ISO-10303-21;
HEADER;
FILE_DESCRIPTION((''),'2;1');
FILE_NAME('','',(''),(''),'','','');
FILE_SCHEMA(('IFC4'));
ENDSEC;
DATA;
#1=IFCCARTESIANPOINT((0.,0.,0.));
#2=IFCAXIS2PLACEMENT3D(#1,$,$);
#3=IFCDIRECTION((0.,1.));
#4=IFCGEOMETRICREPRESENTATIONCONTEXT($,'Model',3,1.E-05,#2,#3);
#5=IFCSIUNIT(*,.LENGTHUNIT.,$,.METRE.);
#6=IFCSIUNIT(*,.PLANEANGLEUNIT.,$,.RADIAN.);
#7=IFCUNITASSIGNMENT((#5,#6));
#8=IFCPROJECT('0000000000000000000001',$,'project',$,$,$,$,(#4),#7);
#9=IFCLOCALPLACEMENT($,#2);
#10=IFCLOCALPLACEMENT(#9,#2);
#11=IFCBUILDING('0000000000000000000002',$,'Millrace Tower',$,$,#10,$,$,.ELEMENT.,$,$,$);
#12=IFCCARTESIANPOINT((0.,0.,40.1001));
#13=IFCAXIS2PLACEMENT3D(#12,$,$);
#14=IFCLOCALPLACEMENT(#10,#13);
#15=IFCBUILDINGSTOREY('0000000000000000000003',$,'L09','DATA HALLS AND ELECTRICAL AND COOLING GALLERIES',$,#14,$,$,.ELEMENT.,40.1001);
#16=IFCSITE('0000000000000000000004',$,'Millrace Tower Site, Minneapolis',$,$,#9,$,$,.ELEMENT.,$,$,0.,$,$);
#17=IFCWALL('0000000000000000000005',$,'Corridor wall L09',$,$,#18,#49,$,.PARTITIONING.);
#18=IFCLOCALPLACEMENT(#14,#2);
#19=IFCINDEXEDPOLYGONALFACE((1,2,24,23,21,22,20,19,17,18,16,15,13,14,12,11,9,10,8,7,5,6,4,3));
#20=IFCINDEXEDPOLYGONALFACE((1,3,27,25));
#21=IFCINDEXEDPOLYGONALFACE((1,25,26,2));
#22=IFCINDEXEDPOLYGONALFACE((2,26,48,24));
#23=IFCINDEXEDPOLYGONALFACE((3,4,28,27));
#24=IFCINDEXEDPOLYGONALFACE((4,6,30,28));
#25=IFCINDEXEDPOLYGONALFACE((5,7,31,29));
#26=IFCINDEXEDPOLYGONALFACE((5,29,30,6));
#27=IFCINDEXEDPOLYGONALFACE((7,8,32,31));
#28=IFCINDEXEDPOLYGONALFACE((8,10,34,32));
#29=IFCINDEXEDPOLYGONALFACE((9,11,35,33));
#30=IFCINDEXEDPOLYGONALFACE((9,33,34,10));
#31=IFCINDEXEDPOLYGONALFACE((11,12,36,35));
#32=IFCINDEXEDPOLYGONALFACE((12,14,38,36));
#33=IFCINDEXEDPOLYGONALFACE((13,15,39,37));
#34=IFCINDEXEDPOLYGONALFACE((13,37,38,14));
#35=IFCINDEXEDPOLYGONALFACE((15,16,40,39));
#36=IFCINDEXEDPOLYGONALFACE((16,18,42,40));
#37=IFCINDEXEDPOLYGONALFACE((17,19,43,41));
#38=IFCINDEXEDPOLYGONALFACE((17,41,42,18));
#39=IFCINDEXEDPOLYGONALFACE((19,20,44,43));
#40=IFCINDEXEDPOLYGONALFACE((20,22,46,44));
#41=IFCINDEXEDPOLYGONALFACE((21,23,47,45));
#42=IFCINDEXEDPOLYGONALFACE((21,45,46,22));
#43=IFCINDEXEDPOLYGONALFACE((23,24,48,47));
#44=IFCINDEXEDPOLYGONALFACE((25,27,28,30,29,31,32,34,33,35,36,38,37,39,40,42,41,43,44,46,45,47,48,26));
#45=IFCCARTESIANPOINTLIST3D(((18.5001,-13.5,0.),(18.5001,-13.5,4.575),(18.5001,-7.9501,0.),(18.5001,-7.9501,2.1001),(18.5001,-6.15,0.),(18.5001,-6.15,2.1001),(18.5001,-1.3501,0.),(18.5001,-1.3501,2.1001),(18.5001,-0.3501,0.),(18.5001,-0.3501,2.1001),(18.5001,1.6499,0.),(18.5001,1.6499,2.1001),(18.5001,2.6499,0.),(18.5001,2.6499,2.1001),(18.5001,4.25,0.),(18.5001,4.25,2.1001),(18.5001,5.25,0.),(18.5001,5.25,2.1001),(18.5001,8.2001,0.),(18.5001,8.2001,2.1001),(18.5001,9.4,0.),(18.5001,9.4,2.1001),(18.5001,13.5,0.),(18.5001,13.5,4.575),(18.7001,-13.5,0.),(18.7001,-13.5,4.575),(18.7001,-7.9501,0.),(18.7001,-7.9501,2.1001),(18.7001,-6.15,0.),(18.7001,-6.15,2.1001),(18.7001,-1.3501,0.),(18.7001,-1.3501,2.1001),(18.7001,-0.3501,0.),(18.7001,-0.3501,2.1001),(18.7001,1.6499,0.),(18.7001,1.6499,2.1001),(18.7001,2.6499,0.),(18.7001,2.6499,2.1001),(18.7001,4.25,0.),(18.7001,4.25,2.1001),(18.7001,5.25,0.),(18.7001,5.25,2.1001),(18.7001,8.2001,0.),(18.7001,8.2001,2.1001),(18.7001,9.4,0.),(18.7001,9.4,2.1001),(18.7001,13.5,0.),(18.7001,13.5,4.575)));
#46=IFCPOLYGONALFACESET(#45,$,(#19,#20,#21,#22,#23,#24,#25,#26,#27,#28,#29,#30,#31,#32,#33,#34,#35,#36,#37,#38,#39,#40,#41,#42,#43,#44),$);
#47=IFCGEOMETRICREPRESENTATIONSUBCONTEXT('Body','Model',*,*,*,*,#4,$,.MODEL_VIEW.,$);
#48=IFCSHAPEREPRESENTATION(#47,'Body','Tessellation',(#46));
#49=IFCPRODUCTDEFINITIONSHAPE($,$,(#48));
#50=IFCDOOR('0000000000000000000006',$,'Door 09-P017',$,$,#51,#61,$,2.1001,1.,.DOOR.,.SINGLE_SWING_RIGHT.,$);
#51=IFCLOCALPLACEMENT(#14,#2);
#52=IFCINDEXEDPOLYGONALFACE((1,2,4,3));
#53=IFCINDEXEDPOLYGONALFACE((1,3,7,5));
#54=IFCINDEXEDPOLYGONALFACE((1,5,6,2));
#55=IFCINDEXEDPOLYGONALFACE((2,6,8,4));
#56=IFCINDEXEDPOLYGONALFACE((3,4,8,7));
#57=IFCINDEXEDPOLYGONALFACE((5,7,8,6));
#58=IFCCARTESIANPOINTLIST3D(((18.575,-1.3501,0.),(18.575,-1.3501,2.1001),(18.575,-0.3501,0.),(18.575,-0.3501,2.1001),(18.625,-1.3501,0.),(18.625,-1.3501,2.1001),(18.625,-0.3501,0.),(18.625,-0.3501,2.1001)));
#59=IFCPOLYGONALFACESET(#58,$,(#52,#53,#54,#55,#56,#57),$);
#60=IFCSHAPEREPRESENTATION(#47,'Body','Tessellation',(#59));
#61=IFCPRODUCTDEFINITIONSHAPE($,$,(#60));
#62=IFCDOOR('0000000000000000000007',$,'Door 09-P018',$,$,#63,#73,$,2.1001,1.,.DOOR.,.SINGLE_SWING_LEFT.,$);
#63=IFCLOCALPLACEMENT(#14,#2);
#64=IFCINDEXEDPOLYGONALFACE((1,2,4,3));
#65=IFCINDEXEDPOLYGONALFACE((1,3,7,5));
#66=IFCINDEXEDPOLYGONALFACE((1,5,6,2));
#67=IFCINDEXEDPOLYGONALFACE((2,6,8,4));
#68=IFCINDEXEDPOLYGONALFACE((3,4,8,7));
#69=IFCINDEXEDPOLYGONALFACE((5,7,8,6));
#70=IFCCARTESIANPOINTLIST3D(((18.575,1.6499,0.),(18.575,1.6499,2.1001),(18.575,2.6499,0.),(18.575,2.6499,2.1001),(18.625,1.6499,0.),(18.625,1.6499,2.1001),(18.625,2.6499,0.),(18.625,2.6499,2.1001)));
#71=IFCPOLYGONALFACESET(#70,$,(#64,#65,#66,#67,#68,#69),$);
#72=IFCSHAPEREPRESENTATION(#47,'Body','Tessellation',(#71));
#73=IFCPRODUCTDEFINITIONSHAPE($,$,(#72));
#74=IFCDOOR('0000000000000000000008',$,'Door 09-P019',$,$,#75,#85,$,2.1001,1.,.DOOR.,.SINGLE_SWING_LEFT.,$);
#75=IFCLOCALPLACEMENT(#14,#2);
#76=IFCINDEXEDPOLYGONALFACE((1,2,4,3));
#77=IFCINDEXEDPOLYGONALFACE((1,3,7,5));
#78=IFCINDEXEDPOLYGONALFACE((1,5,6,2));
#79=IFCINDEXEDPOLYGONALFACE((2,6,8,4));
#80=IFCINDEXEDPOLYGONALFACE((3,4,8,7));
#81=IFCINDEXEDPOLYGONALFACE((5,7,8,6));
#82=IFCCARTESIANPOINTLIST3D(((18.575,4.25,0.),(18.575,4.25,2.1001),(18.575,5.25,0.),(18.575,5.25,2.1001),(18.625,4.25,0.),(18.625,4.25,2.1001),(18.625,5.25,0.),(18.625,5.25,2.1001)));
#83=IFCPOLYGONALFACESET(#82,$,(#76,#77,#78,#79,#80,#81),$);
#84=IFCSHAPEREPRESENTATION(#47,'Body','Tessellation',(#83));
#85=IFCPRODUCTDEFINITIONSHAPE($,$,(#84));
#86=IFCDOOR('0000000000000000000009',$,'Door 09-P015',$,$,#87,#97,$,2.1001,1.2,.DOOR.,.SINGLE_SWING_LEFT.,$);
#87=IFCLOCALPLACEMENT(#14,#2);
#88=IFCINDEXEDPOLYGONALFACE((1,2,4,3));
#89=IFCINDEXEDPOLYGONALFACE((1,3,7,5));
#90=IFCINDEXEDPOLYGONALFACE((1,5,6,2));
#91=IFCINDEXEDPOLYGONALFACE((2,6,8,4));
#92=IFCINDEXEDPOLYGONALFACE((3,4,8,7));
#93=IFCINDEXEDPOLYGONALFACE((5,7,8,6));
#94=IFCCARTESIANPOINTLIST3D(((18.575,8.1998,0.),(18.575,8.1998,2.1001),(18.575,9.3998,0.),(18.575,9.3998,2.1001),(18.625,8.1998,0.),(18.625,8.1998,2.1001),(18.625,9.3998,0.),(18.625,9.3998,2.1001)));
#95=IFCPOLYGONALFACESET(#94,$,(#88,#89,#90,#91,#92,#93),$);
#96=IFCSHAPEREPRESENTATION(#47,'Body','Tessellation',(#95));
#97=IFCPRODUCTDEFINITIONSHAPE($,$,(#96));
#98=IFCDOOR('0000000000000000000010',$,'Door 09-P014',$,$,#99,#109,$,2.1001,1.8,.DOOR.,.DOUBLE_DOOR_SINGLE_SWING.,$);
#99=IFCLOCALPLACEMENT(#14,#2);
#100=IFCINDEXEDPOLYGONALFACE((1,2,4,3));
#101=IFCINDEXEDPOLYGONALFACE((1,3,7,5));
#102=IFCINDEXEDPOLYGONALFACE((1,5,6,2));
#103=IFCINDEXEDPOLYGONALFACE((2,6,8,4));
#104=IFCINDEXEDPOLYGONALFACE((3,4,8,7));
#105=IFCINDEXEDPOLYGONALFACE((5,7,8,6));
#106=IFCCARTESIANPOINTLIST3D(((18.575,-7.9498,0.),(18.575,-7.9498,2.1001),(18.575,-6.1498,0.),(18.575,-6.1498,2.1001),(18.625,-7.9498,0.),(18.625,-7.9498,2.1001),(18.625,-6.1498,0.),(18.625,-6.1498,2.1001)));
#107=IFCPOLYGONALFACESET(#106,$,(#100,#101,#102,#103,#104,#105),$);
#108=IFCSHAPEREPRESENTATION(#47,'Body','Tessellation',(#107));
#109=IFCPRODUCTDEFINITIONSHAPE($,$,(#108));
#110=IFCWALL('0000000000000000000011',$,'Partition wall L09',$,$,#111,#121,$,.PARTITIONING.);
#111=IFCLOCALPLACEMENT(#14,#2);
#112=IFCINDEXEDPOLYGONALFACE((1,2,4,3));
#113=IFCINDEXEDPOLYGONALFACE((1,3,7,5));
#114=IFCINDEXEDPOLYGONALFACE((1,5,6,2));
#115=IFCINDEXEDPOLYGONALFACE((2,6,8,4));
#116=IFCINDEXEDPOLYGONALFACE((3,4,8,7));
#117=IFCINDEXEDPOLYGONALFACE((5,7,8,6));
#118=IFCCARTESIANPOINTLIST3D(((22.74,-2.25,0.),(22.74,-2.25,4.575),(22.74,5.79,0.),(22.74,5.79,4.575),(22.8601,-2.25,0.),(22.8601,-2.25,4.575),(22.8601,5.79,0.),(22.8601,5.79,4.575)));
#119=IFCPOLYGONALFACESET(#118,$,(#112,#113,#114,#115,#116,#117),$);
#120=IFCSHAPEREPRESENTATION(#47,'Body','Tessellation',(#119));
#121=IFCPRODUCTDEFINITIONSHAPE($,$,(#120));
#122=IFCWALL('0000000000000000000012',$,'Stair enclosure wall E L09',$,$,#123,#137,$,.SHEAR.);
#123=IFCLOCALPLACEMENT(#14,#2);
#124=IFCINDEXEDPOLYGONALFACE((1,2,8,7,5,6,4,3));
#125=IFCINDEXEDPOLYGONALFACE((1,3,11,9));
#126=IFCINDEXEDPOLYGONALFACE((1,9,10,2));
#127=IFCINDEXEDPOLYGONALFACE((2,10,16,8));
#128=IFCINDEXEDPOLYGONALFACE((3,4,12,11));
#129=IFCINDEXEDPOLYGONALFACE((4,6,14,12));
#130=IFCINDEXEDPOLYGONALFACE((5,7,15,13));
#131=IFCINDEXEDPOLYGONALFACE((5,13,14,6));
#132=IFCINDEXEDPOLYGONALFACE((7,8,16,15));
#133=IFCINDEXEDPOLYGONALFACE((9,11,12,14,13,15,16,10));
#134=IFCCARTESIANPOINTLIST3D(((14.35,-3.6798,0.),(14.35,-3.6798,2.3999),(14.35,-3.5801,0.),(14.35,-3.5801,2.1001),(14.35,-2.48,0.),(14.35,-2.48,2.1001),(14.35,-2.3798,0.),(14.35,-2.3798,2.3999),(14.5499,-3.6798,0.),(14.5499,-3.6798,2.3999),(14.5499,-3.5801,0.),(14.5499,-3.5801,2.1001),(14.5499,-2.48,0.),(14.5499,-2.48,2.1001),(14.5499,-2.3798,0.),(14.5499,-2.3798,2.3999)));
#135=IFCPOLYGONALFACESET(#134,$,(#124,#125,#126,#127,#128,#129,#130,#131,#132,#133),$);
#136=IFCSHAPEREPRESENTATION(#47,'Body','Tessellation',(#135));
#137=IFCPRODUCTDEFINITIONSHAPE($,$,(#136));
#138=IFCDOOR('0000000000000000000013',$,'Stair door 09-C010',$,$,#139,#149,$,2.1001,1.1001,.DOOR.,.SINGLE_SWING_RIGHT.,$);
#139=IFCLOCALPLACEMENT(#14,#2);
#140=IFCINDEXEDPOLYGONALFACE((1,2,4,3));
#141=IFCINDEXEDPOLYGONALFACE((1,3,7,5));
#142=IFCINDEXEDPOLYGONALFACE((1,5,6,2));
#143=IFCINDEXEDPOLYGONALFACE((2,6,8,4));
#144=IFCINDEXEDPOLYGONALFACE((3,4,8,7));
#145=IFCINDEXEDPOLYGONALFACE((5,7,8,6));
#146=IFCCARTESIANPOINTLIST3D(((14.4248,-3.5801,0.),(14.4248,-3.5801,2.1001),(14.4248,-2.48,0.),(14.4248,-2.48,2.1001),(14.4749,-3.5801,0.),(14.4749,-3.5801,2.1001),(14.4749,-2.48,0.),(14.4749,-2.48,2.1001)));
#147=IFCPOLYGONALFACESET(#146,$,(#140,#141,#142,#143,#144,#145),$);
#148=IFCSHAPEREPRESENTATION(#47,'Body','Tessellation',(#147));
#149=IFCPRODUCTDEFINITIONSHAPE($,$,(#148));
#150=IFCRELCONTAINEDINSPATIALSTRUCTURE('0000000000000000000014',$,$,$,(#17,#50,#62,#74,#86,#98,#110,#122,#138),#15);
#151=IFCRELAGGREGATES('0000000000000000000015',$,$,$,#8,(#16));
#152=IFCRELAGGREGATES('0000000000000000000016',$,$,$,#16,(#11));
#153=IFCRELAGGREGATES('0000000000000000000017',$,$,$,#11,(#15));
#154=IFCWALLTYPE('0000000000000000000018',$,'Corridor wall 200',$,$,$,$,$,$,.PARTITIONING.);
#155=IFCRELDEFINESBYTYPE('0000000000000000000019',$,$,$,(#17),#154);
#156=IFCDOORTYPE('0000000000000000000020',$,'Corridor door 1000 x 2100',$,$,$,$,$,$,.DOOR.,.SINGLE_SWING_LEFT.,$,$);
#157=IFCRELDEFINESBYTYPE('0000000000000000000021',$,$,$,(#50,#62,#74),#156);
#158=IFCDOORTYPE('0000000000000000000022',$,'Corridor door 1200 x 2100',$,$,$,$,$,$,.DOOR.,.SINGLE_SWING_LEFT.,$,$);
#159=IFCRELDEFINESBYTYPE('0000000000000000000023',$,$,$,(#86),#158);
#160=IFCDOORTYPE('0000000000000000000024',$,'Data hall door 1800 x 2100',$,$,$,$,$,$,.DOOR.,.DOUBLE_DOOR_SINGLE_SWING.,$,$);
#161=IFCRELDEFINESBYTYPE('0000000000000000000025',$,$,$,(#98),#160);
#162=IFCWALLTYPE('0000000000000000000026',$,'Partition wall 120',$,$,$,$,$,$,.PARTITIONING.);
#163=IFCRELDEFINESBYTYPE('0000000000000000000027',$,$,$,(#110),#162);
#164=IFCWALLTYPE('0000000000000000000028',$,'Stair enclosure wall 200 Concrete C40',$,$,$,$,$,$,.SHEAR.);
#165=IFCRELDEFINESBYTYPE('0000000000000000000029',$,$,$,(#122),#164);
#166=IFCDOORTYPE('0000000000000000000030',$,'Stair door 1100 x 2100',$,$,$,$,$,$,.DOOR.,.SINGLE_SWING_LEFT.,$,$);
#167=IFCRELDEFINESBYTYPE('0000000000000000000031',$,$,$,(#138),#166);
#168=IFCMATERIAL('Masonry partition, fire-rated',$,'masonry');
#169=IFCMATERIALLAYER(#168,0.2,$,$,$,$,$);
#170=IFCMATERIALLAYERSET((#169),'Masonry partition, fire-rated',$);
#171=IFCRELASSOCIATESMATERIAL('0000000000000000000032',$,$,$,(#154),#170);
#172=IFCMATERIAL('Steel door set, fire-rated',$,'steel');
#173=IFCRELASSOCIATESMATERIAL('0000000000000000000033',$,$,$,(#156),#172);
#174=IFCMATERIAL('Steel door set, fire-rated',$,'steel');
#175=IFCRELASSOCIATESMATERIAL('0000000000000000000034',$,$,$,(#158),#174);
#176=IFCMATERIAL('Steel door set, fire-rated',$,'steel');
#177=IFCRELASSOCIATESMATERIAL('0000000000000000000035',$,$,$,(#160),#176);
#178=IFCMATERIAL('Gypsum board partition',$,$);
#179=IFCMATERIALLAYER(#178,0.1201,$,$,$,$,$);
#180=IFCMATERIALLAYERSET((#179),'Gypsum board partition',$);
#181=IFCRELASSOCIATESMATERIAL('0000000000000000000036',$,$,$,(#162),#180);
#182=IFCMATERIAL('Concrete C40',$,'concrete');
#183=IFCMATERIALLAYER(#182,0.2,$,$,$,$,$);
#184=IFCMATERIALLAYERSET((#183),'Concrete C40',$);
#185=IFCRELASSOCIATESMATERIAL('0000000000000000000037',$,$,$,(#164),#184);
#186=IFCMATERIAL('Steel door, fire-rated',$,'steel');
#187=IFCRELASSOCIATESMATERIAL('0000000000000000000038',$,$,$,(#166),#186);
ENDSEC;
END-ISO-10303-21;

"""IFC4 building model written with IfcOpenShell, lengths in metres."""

from ifc_helpers import new_model, si_unit, direction, frame, frame_2d, origin, place, context, subcontext, project, spatial, rectangle, extrude, material, layer, layer_set, type_object, element, fill, save


model = new_model("IFC4")

# Units and contexts
model_context = context("Model", 3, precision=1e-05, world=origin(), true_north=direction((0.0, 1.0)))
body_context = subcontext(model_context, "Body", "Model", "MODEL_VIEW")
ifc_project = project(units=[si_unit("LENGTHUNIT", "METRE"), si_unit("PLANEANGLEUNIT", "RADIAN")], contexts=[model_context])

# Site, building, storey
site_placement = place(None, origin())
site = spatial("IfcSite", under=ifc_project, at=site_placement, Name="Millrace Tower Site, Minneapolis", CompositionType="ELEMENT", RefElevation=0.0)
building_placement = place(site_placement, origin())
building = spatial("IfcBuilding", under=site, at=building_placement, Name="Millrace Tower", CompositionType="ELEMENT")
storey_placement = place(building_placement, frame((0.0, 0.0, 40.1001)))
storey = spatial("IfcBuildingStorey", under=building, at=storey_placement, Name="L09", Description="DATA HALLS AND ELECTRICAL AND COOLING GALLERIES", CompositionType="ELEMENT", Elevation=40.1001)

# Shared definitions
ifc_material_1 = material(Name="Masonry partition, fire-rated", Category="masonry")
ifc_layer_1 = layer(ifc_material_1, 0.2)
ifc_layer_set_1 = layer_set([ifc_layer_1], Name="Masonry partition, fire-rated")
wall_type_1 = type_object("IfcWallType", Name="Corridor wall 200", PredefinedType="PARTITIONING", material=ifc_layer_set_1)

# Wall, openings, doors
wall_1_placement = place(storey_placement, frame((18.6001, -13.5, 0.0), z_axis=(0.0, 0.0, 1.0), x_axis=(0.0, 1.0, 0.0)))
wall_1 = element("IfcWall", 1, at=wall_1_placement, inside=storey, type_object=wall_type_1, Name="Corridor wall L09", PredefinedType="PARTITIONING", context=body_context, shape_type="SweptSolid", body=[
    extrude(rectangle(XDim=27.0, YDim=0.2, at=frame_2d((13.5, 0.0))), origin(), (0.0, 0.0, 1.0), 4.575),
])
opening_1_placement = place(wall_1_placement, frame((5.55, 0.0, 0.0)))
opening_1 = element("IfcOpeningElement", 2, at=opening_1_placement, cuts=wall_1, PredefinedType="OPENING", context=body_context, shape_type="SweptSolid", body=[
    extrude(rectangle(XDim=1.8, YDim=2.1001, at=frame_2d((0.8999, 1.05))), frame((0.0, 0.1099, 0.0), z_axis=(0.0, -1.0, 0.0), x_axis=(1.0, 0.0, 0.0)), (0.0, 0.0, 1.0), 0.22),
])
opening_2_placement = place(wall_1_placement, frame((21.7, 0.0, 0.0)))
opening_2 = element("IfcOpeningElement", 3, at=opening_2_placement, cuts=wall_1, PredefinedType="OPENING", context=body_context, shape_type="SweptSolid", body=[
    extrude(rectangle(XDim=1.2, YDim=2.1001, at=frame_2d((0.6001, 1.05))), frame((0.0, 0.1099, 0.0), z_axis=(0.0, -1.0, 0.0), x_axis=(1.0, 0.0, 0.0)), (0.0, 0.0, 1.0), 0.22),
])
opening_3_placement = place(wall_1_placement, frame((12.1499, 0.0, 0.0)))
opening_3 = element("IfcOpeningElement", 4, at=opening_3_placement, cuts=wall_1, PredefinedType="OPENING", context=body_context, shape_type="SweptSolid", body=[
    extrude(rectangle(XDim=1.0, YDim=2.1001, at=frame_2d((0.5, 1.05))), frame((0.0, 0.1099, 0.0), z_axis=(0.0, -1.0, 0.0), x_axis=(1.0, 0.0, 0.0)), (0.0, 0.0, 1.0), 0.22),
])
opening_4_placement = place(wall_1_placement, frame((15.1499, 0.0, 0.0)))
opening_4 = element("IfcOpeningElement", 5, at=opening_4_placement, cuts=wall_1, PredefinedType="OPENING", context=body_context, shape_type="SweptSolid", body=[
    extrude(rectangle(XDim=1.0, YDim=2.1001, at=frame_2d((0.5, 1.05))), frame((0.0, 0.1099, 0.0), z_axis=(0.0, -1.0, 0.0), x_axis=(1.0, 0.0, 0.0)), (0.0, 0.0, 1.0), 0.22),
])
opening_5_placement = place(wall_1_placement, frame((17.75, 0.0, 0.0)))
opening_5 = element("IfcOpeningElement", 6, at=opening_5_placement, cuts=wall_1, PredefinedType="OPENING", context=body_context, shape_type="SweptSolid", body=[
    extrude(rectangle(XDim=1.0, YDim=2.1001, at=frame_2d((0.5, 1.05))), frame((0.0, 0.1099, 0.0), z_axis=(0.0, -1.0, 0.0), x_axis=(1.0, 0.0, 0.0)), (0.0, 0.0, 1.0), 0.22),
])
ifc_material_2 = material(Name="Steel door set, fire-rated", Category="steel")
door_type_1 = type_object("IfcDoorType", Name="Corridor door 1000 x 2100", OperationType="SINGLE_SWING_LEFT", PredefinedType="DOOR", material=ifc_material_2)
door_1_placement = place(opening_3_placement, frame((1.0, 0.0, 0.0), z_axis=(0.0, 0.0, 1.0), x_axis=(-1.0, 0.0, 0.0)))
door_1 = element("IfcDoor", 7, at=door_1_placement, inside=storey, type_object=door_type_1, Name="Door 09-P017", OperationType="SINGLE_SWING_RIGHT", OverallHeight=2.1001, OverallWidth=1.0, PredefinedType="DOOR", context=body_context, shape_type="SweptSolid", body=[
    extrude(rectangle(XDim=1.0, YDim=2.1001, at=frame_2d((0.5, 1.05))), frame((0.0, 0.0249, 0.0), z_axis=(0.0, -1.0, 0.0), x_axis=(1.0, 0.0, 0.0)), (0.0, 0.0, 1.0), 0.05),
])
fill(opening_3, door_1)
door_2_placement = place(opening_4_placement, frame((1.0, 0.0, 0.0), z_axis=(0.0, 0.0, 1.0), x_axis=(-1.0, 0.0, 0.0)))
door_2 = element("IfcDoor", 8, at=door_2_placement, inside=storey, type_object=door_type_1, Name="Door 09-P018", OperationType="SINGLE_SWING_LEFT", OverallHeight=2.1001, OverallWidth=1.0, PredefinedType="DOOR", context=body_context, shape_type="SweptSolid", body=[
    extrude(rectangle(XDim=1.0, YDim=2.1001, at=frame_2d((0.5, 1.05))), frame((0.0, 0.0249, 0.0), z_axis=(0.0, -1.0, 0.0), x_axis=(1.0, 0.0, 0.0)), (0.0, 0.0, 1.0), 0.05),
])
fill(opening_4, door_2)
door_3_placement = place(opening_5_placement, frame((1.0, 0.0, 0.0), z_axis=(0.0, 0.0, 1.0), x_axis=(-1.0, 0.0, 0.0)))
door_3 = element("IfcDoor", 9, at=door_3_placement, inside=storey, type_object=door_type_1, Name="Door 09-P019", OperationType="SINGLE_SWING_LEFT", OverallHeight=2.1001, OverallWidth=1.0, PredefinedType="DOOR", context=body_context, shape_type="SweptSolid", body=[
    extrude(rectangle(XDim=1.0, YDim=2.1001, at=frame_2d((0.5, 1.05))), frame((0.0, 0.0249, 0.0), z_axis=(0.0, -1.0, 0.0), x_axis=(1.0, 0.0, 0.0)), (0.0, 0.0, 1.0), 0.05),
])
fill(opening_5, door_3)
ifc_material_3 = material(Name="Steel door set, fire-rated", Category="steel")
door_type_2 = type_object("IfcDoorType", Name="Corridor door 1200 x 2100", OperationType="SINGLE_SWING_LEFT", PredefinedType="DOOR", material=ifc_material_3)
door_4_placement = place(opening_2_placement, frame((1.2, 0.0, 0.0), z_axis=(0.0, 0.0, 1.0), x_axis=(-1.0, 0.0, 0.0)))
door_4 = element("IfcDoor", 10, at=door_4_placement, inside=storey, type_object=door_type_2, Name="Door 09-P015", OperationType="SINGLE_SWING_LEFT", OverallHeight=2.1001, OverallWidth=1.2, PredefinedType="DOOR", context=body_context, shape_type="SweptSolid", body=[
    extrude(rectangle(XDim=1.2, YDim=2.1001, at=frame_2d((0.6001, 1.05))), frame((0.0, 0.0249, 0.0), z_axis=(0.0, -1.0, 0.0), x_axis=(1.0, 0.0, 0.0)), (0.0, 0.0, 1.0), 0.05),
])
fill(opening_2, door_4)
ifc_material_4 = material(Name="Steel door set, fire-rated", Category="steel")
door_type_3 = type_object("IfcDoorType", Name="Data hall door 1800 x 2100", OperationType="DOUBLE_DOOR_SINGLE_SWING", PredefinedType="DOOR", material=ifc_material_4)
door_5_placement = place(opening_1_placement, frame((1.8, 0.0, 0.0), z_axis=(0.0, 0.0, 1.0), x_axis=(-1.0, 0.0, 0.0)))
door_5 = element("IfcDoor", 11, at=door_5_placement, inside=storey, type_object=door_type_3, Name="Door 09-P014", OperationType="DOUBLE_DOOR_SINGLE_SWING", OverallHeight=2.1001, OverallWidth=1.8, PredefinedType="DOOR", context=body_context, shape_type="SweptSolid", body=[
    extrude(rectangle(XDim=1.8, YDim=2.1001, at=frame_2d((0.8999, 1.05))), frame((0.0, 0.0249, 0.0), z_axis=(0.0, -1.0, 0.0), x_axis=(1.0, 0.0, 0.0)), (0.0, 0.0, 1.0), 0.05),
])
fill(opening_1, door_5)

# Wall
ifc_material_5 = material(Name="Gypsum board partition")
ifc_layer_2 = layer(ifc_material_5, 0.1201)
ifc_layer_set_2 = layer_set([ifc_layer_2], Name="Gypsum board partition")
wall_type_2 = type_object("IfcWallType", Name="Partition wall 120", PredefinedType="PARTITIONING", material=ifc_layer_set_2)
wall_2_placement = place(storey_placement, frame((22.8, -2.25, 0.0), z_axis=(0.0, 0.0, 1.0), x_axis=(0.0, 1.0, 0.0)))
element("IfcWall", 12, at=wall_2_placement, inside=storey, type_object=wall_type_2, Name="Partition wall L09", PredefinedType="PARTITIONING", context=body_context, shape_type="SweptSolid", body=[
    extrude(rectangle(XDim=8.04, YDim=0.1201, at=frame_2d((4.02, 0.0))), origin(), (0.0, 0.0, 1.0), 4.575),
])

# Wall, opening, door
ifc_material_6 = material(Name="Concrete C40", Category="concrete")
ifc_layer_3 = layer(ifc_material_6, 0.2)
ifc_layer_set_3 = layer_set([ifc_layer_3], Name="Concrete C40")
wall_type_3 = type_object("IfcWallType", Name="Stair enclosure wall 200 Concrete C40", PredefinedType="SHEAR", material=ifc_layer_set_3)
wall_3_placement = place(storey_placement, frame((14.45, -2.3799, 0.0), z_axis=(0.0, 0.0, 1.0), x_axis=(0.0, -1.0, 0.0)))
wall_3 = element("IfcWall", 13, at=wall_3_placement, inside=storey, type_object=wall_type_3, Name="Stair enclosure wall E L09", PredefinedType="SHEAR", context=body_context, shape_type="SweptSolid", body=[
    extrude(rectangle(XDim=1.3, YDim=0.2, at=frame_2d((0.6499, 0.0))), origin(), (0.0, 0.0, 1.0), 2.3999),
])
opening_6_placement = place(wall_3_placement, frame((0.1001, 0.0, 0.0)))
opening_6 = element("IfcOpeningElement", 14, at=opening_6_placement, cuts=wall_3, PredefinedType="OPENING", context=body_context, shape_type="SweptSolid", body=[
    extrude(rectangle(XDim=1.1001, YDim=2.1001, at=frame_2d((0.55, 1.05))), frame((0.0, 0.1099, 0.0), z_axis=(0.0, -1.0, 0.0), x_axis=(1.0, 0.0, 0.0)), (0.0, 0.0, 1.0), 0.22),
])
ifc_material_7 = material(Name="Steel door, fire-rated", Category="steel")
door_type_4 = type_object("IfcDoorType", Name="Stair door 1100 x 2100", OperationType="SINGLE_SWING_LEFT", PredefinedType="DOOR", material=ifc_material_7)
door_6_placement = place(opening_6_placement, origin())
door_6 = element("IfcDoor", 15, at=door_6_placement, inside=storey, type_object=door_type_4, Name="Stair door 09-C010", OperationType="SINGLE_SWING_RIGHT", OverallHeight=2.1001, OverallWidth=1.1001, PredefinedType="DOOR", context=body_context, shape_type="SweptSolid", body=[
    extrude(rectangle(XDim=1.1001, YDim=2.1001, at=frame_2d((0.55, 1.05))), frame((0.0, 0.0249, 0.0), z_axis=(0.0, -1.0, 0.0), x_axis=(1.0, 0.0, 0.0)), (0.0, 0.0, 1.0), 0.05),
])
fill(opening_6, door_6)

save(model, "model.ifc")
